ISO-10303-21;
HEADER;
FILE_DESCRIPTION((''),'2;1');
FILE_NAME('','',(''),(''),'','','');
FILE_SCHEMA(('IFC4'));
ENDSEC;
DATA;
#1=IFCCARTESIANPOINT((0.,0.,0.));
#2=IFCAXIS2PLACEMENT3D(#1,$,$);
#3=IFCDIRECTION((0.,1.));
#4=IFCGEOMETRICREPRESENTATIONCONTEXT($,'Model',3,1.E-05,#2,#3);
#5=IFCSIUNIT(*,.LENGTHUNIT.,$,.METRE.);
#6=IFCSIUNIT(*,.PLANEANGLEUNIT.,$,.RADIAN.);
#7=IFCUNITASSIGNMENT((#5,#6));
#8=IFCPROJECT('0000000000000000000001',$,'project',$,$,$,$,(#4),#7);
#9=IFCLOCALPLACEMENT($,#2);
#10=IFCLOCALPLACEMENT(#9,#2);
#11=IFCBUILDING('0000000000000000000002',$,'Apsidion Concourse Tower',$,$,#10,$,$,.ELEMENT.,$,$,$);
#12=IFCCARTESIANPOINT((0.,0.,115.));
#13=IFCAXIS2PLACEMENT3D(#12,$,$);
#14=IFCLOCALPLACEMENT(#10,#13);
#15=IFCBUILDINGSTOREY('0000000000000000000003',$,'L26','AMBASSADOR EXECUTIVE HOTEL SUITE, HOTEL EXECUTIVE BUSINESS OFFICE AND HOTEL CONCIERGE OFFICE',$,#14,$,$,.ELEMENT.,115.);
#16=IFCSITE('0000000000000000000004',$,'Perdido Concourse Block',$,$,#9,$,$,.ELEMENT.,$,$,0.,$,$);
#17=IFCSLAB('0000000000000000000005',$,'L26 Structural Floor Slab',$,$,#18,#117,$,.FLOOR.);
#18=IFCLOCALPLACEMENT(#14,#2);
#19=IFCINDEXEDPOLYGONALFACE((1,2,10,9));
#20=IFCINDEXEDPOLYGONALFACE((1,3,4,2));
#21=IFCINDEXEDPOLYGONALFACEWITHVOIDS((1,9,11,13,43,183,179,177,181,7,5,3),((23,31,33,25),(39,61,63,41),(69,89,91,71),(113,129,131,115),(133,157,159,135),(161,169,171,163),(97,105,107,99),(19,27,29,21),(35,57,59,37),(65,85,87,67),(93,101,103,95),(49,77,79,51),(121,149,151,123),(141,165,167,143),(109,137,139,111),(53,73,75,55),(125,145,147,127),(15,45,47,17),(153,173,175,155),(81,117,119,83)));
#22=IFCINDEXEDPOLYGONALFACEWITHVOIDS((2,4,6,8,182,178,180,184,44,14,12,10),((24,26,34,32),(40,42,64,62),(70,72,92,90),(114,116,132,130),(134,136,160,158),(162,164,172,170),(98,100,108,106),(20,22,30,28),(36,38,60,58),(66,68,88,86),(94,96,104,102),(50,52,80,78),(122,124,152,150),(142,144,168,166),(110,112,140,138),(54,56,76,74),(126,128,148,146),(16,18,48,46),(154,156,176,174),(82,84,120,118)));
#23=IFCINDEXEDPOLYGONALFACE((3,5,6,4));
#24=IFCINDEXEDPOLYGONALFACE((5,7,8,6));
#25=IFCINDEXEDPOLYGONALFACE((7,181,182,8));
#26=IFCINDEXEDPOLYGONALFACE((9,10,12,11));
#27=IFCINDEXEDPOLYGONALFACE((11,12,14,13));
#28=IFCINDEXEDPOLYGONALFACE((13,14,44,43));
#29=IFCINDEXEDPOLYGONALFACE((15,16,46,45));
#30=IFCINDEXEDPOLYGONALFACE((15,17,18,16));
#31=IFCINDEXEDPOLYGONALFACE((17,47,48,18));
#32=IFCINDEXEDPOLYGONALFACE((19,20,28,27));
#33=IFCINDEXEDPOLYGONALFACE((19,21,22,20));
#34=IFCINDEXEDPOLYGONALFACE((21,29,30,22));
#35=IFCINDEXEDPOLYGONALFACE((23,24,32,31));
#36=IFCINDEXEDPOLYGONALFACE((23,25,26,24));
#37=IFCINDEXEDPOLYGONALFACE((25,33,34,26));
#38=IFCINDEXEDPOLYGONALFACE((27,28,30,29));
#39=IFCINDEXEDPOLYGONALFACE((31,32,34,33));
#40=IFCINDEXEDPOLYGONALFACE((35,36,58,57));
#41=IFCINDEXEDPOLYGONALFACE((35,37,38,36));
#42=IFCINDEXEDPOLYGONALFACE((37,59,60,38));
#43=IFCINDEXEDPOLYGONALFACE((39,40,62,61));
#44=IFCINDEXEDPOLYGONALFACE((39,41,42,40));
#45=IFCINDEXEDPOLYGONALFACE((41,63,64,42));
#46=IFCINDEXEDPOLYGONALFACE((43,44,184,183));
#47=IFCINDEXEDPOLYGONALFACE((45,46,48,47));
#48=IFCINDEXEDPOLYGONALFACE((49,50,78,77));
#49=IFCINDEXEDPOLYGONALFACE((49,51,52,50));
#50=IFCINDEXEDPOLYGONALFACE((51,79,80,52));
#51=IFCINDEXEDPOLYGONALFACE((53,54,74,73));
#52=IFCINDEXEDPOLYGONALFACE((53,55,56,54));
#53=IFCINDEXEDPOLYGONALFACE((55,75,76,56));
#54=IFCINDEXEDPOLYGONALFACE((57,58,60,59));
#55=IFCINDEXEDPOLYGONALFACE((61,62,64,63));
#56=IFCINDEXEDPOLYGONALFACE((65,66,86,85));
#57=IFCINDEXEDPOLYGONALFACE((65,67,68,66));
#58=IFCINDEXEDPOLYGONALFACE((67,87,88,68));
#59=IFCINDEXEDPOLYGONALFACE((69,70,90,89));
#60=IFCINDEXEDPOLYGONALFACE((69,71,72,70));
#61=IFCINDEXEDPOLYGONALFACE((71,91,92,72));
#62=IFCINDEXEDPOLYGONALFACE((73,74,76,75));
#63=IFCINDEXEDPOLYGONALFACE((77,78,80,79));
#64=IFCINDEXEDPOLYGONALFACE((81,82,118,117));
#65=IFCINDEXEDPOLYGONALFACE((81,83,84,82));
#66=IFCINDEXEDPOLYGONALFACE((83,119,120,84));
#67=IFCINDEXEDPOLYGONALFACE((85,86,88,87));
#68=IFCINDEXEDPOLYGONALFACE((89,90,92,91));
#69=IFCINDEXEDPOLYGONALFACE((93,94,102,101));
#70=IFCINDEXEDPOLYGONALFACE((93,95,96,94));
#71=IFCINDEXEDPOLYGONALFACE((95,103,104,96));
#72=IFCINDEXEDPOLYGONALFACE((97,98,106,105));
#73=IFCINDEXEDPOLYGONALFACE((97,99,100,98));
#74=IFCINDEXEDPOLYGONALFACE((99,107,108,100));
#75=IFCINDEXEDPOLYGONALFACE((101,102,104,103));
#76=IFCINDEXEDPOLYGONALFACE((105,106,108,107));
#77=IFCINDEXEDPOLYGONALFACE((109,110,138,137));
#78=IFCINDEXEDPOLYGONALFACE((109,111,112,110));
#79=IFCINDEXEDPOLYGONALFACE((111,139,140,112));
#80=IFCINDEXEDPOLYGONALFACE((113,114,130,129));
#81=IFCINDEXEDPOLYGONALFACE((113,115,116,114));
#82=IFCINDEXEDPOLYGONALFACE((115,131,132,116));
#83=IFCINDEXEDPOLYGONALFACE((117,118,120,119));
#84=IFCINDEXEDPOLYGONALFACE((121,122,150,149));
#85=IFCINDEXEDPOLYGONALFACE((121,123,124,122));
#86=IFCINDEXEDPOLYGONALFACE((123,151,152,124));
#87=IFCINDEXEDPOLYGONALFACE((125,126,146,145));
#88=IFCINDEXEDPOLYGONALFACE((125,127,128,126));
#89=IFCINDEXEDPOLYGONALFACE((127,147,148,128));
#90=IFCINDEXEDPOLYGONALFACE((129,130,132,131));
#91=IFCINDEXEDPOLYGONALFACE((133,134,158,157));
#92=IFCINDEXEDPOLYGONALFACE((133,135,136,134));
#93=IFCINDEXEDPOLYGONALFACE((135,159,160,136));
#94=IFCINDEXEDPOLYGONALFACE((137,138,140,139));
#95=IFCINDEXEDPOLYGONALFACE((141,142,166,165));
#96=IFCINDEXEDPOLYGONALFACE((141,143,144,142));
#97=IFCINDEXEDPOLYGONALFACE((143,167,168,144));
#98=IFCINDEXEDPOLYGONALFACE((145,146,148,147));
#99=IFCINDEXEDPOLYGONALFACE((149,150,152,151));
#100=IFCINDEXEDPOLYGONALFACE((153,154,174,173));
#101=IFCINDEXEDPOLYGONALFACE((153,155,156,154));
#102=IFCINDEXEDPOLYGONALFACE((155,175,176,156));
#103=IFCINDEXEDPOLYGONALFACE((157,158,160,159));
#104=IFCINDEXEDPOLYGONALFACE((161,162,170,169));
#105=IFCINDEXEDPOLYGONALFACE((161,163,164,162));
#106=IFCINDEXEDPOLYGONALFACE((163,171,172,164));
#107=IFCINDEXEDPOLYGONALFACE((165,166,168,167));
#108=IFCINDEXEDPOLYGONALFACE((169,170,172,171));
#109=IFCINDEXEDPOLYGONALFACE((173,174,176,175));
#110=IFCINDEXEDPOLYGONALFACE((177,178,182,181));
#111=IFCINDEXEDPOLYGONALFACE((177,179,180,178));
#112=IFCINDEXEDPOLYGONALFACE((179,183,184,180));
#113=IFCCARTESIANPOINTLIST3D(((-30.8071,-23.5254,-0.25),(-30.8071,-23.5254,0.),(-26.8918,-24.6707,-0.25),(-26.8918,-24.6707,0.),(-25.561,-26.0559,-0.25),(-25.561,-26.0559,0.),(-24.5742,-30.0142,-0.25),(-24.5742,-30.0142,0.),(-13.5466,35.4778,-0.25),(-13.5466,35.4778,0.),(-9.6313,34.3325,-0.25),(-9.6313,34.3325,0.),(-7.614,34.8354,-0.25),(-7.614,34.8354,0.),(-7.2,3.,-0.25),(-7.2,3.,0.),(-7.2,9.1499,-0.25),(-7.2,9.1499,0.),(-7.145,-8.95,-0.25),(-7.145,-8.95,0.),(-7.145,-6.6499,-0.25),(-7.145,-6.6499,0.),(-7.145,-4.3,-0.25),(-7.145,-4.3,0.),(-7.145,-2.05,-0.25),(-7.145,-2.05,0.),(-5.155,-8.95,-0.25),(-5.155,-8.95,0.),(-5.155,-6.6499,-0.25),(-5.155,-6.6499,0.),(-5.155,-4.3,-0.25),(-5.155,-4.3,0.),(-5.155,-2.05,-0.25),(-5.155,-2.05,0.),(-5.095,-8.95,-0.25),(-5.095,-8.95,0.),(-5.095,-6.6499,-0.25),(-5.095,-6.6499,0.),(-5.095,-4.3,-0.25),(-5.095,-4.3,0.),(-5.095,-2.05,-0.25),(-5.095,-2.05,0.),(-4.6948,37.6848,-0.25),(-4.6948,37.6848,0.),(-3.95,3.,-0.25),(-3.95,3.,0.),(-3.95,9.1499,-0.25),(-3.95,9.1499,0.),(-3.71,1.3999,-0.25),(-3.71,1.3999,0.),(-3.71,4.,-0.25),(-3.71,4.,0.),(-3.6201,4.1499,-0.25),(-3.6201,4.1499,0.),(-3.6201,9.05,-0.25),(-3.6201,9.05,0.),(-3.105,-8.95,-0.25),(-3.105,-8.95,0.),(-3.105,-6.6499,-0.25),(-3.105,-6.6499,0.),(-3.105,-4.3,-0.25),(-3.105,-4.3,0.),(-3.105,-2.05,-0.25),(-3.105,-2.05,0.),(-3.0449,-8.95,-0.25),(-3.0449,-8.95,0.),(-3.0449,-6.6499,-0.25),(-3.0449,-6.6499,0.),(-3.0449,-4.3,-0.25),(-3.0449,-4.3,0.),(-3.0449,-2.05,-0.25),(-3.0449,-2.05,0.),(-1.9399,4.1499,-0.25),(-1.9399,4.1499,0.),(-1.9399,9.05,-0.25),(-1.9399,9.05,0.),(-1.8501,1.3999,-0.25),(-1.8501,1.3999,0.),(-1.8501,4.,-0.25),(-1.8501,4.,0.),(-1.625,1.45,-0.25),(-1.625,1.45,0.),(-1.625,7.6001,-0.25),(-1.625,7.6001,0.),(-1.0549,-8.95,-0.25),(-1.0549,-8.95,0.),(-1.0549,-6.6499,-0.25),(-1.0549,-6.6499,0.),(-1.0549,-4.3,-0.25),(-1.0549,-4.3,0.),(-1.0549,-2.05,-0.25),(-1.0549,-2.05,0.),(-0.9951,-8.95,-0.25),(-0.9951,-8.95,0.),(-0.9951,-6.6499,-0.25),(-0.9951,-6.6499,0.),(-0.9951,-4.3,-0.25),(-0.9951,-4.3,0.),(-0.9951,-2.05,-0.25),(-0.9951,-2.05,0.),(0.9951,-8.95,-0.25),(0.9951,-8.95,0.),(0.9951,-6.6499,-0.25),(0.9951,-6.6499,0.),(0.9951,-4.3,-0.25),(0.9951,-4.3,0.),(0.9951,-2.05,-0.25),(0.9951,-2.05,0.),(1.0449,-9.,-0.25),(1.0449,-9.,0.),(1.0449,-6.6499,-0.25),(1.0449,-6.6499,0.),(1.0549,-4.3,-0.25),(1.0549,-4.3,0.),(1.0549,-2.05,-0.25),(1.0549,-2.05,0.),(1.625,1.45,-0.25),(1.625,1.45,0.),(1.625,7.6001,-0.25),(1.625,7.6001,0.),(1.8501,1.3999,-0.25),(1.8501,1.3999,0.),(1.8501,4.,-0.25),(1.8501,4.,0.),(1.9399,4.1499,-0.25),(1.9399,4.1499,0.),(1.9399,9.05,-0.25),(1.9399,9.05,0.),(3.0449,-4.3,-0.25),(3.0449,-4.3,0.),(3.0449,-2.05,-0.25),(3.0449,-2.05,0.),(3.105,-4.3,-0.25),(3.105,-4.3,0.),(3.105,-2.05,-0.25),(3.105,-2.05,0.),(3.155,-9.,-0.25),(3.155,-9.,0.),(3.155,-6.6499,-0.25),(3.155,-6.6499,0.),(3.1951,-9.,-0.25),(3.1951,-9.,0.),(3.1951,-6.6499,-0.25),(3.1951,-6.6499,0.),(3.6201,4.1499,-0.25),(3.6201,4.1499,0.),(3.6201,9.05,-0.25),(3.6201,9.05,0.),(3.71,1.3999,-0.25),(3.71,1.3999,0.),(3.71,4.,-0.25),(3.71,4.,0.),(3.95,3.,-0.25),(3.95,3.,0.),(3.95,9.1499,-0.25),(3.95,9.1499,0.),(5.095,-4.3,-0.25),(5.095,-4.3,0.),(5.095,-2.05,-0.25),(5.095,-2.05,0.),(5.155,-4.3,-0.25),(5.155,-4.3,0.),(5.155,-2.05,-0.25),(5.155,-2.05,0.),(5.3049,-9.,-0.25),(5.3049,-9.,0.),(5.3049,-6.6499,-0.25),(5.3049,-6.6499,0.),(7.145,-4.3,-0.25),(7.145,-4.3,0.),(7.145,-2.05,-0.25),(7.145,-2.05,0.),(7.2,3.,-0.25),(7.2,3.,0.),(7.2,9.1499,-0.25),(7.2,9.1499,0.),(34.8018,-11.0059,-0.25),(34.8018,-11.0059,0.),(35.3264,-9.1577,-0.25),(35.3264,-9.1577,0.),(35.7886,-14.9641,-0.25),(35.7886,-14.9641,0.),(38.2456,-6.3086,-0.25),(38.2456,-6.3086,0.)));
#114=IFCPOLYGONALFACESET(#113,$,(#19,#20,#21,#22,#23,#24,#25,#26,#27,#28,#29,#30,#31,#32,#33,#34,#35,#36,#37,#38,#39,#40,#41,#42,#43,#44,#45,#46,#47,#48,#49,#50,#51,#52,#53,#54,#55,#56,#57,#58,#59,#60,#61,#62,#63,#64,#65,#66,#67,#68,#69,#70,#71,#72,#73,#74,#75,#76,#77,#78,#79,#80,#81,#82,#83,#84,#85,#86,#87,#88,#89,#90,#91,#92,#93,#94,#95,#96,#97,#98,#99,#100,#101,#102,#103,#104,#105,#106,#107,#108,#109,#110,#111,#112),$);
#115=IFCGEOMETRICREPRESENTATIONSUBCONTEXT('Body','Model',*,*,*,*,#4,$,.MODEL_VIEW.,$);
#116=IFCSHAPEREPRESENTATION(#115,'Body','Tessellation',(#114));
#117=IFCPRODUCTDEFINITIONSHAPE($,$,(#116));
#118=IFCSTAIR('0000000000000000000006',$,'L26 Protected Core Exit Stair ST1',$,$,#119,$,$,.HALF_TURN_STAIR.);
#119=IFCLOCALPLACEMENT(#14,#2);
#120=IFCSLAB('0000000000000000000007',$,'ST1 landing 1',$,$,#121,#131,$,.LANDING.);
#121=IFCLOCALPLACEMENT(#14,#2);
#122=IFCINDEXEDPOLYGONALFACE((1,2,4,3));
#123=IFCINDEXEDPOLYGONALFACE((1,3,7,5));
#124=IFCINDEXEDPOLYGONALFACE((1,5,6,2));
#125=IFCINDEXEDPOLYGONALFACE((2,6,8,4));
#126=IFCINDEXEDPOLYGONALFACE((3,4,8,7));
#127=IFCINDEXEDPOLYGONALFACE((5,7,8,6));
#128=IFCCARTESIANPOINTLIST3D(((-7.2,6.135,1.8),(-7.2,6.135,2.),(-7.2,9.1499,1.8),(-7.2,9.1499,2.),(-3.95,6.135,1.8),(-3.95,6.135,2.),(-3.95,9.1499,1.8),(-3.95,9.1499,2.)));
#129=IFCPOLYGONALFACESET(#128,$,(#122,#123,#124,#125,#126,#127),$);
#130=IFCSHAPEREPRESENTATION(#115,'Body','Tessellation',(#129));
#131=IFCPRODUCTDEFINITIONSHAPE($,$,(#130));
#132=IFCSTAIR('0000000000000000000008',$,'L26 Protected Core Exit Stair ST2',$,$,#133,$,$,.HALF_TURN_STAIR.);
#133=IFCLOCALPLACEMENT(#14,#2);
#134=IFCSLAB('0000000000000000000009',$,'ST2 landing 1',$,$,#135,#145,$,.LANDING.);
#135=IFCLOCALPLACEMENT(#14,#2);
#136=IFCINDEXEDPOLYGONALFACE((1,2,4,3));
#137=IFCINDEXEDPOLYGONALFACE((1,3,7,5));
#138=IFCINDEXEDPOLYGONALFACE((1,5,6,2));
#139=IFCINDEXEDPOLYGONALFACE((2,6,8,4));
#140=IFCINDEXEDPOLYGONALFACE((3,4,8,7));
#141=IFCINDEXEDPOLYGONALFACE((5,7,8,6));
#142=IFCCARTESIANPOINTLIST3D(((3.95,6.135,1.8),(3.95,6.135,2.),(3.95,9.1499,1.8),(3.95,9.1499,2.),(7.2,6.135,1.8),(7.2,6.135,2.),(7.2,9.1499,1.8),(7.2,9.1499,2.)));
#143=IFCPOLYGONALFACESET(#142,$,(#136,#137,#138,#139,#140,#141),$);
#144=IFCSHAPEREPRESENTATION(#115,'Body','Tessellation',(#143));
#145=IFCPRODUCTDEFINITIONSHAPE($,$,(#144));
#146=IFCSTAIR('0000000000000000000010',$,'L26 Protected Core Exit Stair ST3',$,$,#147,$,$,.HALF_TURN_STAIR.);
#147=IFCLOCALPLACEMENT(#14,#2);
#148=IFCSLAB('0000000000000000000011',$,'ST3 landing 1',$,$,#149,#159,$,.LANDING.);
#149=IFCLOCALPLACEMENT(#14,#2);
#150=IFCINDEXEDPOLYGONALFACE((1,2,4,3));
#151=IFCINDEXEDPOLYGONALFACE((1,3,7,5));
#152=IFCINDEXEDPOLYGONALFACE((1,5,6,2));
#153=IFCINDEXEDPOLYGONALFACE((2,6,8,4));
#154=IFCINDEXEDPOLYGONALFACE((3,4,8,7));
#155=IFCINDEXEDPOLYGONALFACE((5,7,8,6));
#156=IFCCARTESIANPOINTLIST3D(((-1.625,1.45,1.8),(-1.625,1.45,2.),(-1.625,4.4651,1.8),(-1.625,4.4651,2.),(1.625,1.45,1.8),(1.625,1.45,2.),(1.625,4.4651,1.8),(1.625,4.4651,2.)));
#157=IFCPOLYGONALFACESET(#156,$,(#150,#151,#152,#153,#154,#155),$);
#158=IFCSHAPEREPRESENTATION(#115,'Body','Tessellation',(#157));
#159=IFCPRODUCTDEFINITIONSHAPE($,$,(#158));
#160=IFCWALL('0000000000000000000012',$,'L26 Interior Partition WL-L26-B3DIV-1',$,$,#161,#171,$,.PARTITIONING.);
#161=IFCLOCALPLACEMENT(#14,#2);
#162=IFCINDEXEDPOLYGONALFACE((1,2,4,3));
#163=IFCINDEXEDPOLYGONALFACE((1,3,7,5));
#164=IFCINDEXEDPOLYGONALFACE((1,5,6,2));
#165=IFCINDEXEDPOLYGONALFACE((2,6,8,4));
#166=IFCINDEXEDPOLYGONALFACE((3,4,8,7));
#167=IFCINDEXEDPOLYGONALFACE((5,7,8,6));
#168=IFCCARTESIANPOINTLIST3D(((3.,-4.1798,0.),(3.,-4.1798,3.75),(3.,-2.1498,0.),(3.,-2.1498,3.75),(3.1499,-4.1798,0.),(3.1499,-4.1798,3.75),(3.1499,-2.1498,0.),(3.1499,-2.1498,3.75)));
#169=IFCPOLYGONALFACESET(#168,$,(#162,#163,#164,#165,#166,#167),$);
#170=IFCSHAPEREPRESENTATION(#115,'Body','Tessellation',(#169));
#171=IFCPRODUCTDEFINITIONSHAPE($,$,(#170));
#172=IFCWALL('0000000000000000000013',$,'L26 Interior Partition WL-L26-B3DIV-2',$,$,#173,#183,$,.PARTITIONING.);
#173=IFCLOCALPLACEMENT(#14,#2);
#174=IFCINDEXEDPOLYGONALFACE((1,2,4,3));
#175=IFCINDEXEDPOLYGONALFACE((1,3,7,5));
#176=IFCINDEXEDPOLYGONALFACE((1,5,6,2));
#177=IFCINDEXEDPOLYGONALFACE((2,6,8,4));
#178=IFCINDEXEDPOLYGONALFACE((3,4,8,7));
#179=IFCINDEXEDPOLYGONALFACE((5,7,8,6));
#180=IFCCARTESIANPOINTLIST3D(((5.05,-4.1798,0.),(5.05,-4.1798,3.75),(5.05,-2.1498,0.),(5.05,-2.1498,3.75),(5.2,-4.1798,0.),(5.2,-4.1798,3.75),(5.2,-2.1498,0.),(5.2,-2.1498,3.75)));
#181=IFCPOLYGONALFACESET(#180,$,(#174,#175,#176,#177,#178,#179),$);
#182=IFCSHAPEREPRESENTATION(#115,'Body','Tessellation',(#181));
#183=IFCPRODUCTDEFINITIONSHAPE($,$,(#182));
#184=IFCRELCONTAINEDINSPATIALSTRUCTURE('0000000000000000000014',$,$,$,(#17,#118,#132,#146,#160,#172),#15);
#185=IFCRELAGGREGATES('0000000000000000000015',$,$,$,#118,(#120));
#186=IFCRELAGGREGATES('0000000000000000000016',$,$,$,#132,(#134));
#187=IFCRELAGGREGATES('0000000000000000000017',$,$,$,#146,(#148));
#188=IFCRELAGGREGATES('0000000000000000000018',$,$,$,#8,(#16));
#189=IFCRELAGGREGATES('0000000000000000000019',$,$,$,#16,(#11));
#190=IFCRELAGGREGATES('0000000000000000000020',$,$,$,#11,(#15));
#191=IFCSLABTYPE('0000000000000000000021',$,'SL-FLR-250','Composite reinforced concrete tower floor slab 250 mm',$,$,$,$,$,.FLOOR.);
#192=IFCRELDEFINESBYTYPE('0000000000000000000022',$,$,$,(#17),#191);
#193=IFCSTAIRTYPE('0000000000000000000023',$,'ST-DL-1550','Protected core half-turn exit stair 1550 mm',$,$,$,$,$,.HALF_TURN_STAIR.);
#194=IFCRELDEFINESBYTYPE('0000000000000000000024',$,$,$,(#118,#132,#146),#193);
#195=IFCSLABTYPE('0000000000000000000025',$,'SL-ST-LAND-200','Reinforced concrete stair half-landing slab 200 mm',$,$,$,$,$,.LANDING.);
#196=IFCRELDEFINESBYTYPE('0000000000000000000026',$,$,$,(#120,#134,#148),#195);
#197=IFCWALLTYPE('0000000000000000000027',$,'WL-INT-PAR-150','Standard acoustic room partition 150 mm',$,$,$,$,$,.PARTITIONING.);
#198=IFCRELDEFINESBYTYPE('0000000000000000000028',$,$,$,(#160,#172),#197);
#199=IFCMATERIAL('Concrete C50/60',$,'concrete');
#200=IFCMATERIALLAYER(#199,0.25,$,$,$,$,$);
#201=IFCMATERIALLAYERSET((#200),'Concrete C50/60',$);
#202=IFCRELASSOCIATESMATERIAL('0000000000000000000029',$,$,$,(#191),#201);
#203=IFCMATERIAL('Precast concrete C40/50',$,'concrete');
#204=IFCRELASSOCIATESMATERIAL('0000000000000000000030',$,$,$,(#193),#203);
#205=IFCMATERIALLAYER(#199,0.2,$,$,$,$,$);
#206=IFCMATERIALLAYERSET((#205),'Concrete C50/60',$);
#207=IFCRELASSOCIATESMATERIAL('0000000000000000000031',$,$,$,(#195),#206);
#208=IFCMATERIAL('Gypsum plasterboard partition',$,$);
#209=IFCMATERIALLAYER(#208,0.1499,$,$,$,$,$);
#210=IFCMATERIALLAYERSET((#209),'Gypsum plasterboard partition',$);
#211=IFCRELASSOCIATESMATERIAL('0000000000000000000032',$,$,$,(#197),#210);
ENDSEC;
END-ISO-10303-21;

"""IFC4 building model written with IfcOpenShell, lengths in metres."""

from ifc_helpers import new_model, si_unit, direction, frame, frame_2d, origin, place, context, subcontext, project, spatial, polyline, rectangle, outline, extrude, material, layer, layer_set, type_object, element, aggregate, save


model = new_model("IFC4")

# Units and contexts
model_context = context("Model", 3, precision=1e-05, world=origin(), true_north=direction((0.0, 1.0)))
body_context = subcontext(model_context, "Body", "Model", "MODEL_VIEW")
ifc_project = project(units=[si_unit("LENGTHUNIT", "METRE"), si_unit("PLANEANGLEUNIT", "RADIAN")], contexts=[model_context])

# Site, building, storey
site_placement = place(None, origin())
site = spatial("IfcSite", under=ifc_project, at=site_placement, Name="Perdido Concourse Block", CompositionType="ELEMENT", RefElevation=0.0)
building_placement = place(site_placement, origin())
building = spatial("IfcBuilding", under=site, at=building_placement, Name="Apsidion Concourse Tower", CompositionType="ELEMENT")
storey_placement = place(building_placement, frame((0.0, 0.0, 115.0)))
storey = spatial("IfcBuildingStorey", under=building, at=storey_placement, Name="L26", Description="AMBASSADOR EXECUTIVE HOTEL SUITE, HOTEL EXECUTIVE BUSINESS OFFICE AND HOTEL CONCIERGE OFFICE", CompositionType="ELEMENT", Elevation=115.0)

# Shared definitions
ifc_material_1 = material(Name="Concrete C50/60", Category="concrete")

# Slab
ifc_layer_1 = layer(ifc_material_1, 0.25)
ifc_layer_set_1 = layer_set([ifc_layer_1], Name="Concrete C50/60")
slab_type_1 = type_object("IfcSlabType", Name="SL-FLR-250", Description="Composite reinforced concrete tower floor slab 250 mm", PredefinedType="FLOOR", material=ifc_layer_set_1)
slab_1_placement = place(storey_placement, frame((0.0, 0.0, -0.25)))
element("IfcSlab", 1, at=slab_1_placement, inside=storey, type_object=slab_type_1, Name="L26 Structural Floor Slab", PredefinedType="FLOOR", context=body_context, shape_type="SweptSolid", body=[
    extrude(outline(polyline([(-4.6948, 37.6848), (-7.614, 34.8354), (-9.6313, 34.3325), (-13.5466, 35.4778), (-30.8071, -23.5254), (-26.8918, -24.6707), (-25.561, -26.0559), (-24.5742, -30.0142), (35.7886, -14.9641), (34.8018, -11.0059), (35.3264, -9.1577), (38.2456, -6.3086), (-4.6948, 37.6848)]), holes=[polyline([(-3.95, 3.0), (-3.95, 9.1499), (-7.2, 9.1499), (-7.2, 3.0), (-3.95, 3.0)]), polyline([(7.2, 3.0), (7.2, 9.1499), (3.95, 9.1499), (3.95, 3.0), (7.2, 3.0)]), polyline([(-1.625, 7.6001), (-1.625, 1.45), (1.625, 1.45), (1.625, 7.6001), (-1.625, 7.6001)]), polyline([(-7.145, -4.3), (-5.155, -4.3), (-5.155, -2.05), (-7.145, -2.05), (-7.145, -4.3)]), polyline([(-5.095, -4.3), (-3.105, -4.3), (-3.105, -2.05), (-5.095, -2.05), (-5.095, -4.3)]), polyline([(-3.0449, -4.3), (-1.0549, -4.3), (-1.0549, -2.05), (-3.0449, -2.05), (-3.0449, -4.3)]), polyline([(-0.9951, -4.3), (0.9951, -4.3), (0.9951, -2.05), (-0.9951, -2.05), (-0.9951, -4.3)]), polyline([(1.0549, -4.3), (3.0449, -4.3), (3.0449, -2.05), (1.0549, -2.05), (1.0549, -4.3)]), polyline([(3.105, -4.3), (5.095, -4.3), (5.095, -2.05), (3.105, -2.05), (3.105, -4.3)]), polyline([(5.155, -4.3), (7.145, -4.3), (7.145, -2.05), (5.155, -2.05), (5.155, -4.3)]), polyline([(-7.145, -8.95), (-5.155, -8.95), (-5.155, -6.6499), (-7.145, -6.6499), (-7.145, -8.95)]), polyline([(-5.095, -8.95), (-3.105, -8.95), (-3.105, -6.6499), (-5.095, -6.6499), (-5.095, -8.95)]), polyline([(-3.0449, -8.95), (-1.0549, -8.95), (-1.0549, -6.6499), (-3.0449, -6.6499), (-3.0449, -8.95)]), polyline([(-0.9951, -8.95), (0.9951, -8.95), (0.9951, -6.6499), (-0.9951, -6.6499), (-0.9951, -8.95)]), polyline([(1.0449, -9.0), (3.155, -9.0), (3.155, -6.6499), (1.0449, -6.6499), (1.0449, -9.0)]), polyline([(3.1951, -9.0), (5.3049, -9.0), (5.3049, -6.6499), (3.1951, -6.6499), (3.1951, -9.0)]), polyline([(-3.71, 1.3999), (-1.8501, 1.3999), (-1.8501, 4.0), (-3.71, 4.0), (-3.71, 1.3999)]), polyline([(1.8501, 1.3999), (3.71, 1.3999), (3.71, 4.0), (1.8501, 4.0), (1.8501, 1.3999)]), polyline([(-3.6201, 4.1499), (-1.9399, 4.1499), (-1.9399, 9.05), (-3.6201, 9.05), (-3.6201, 4.1499)]), polyline([(1.9399, 4.1499), (3.6201, 4.1499), (3.6201, 9.05), (1.9399, 9.05), (1.9399, 4.1499)])]), origin(), (0.0, 0.0, 1.0), 0.25),
])

# Stairs, slabs
ifc_material_2 = material(Name="Precast concrete C40/50", Category="concrete")
stair_type = type_object("IfcStairType", Name="ST-DL-1550", Description="Protected core half-turn exit stair 1550 mm", PredefinedType="HALF_TURN_STAIR", material=ifc_material_2)
stair_1_placement = place(storey_placement, origin())
stair_1 = element("IfcStair", 2, at=stair_1_placement, inside=storey, type_object=stair_type, Name="L26 Protected Core Exit Stair ST1", PredefinedType="HALF_TURN_STAIR")
ifc_layer_2 = layer(ifc_material_1, 0.2)
ifc_layer_set_2 = layer_set([ifc_layer_2], Name="Concrete C50/60")
slab_type_2 = type_object("IfcSlabType", Name="SL-ST-LAND-200", Description="Reinforced concrete stair half-landing slab 200 mm", PredefinedType="LANDING", material=ifc_layer_set_2)
slab_2_placement = place(storey_placement, frame((0.0, 0.0, 1.8)))
slab_2 = element("IfcSlab", 3, at=slab_2_placement, type_object=slab_type_2, Name="ST1 landing 1", PredefinedType="LANDING", context=body_context, shape_type="SweptSolid", body=[
    extrude(outline(polyline([(-3.95, 6.135), (-3.95, 9.1499), (-7.2, 9.1499), (-7.2, 6.135), (-3.95, 6.135)])), origin(), (0.0, 0.0, 1.0), 0.2),
])
aggregate(stair_1, [slab_2])
stair_2_placement = place(storey_placement, origin())
stair_2 = element("IfcStair", 4, at=stair_2_placement, inside=storey, type_object=stair_type, Name="L26 Protected Core Exit Stair ST2", PredefinedType="HALF_TURN_STAIR")
slab_3_placement = place(storey_placement, frame((0.0, 0.0, 1.8)))
slab_3 = element("IfcSlab", 5, at=slab_3_placement, type_object=slab_type_2, Name="ST2 landing 1", PredefinedType="LANDING", context=body_context, shape_type="SweptSolid", body=[
    extrude(outline(polyline([(7.2, 6.135), (7.2, 9.1499), (3.95, 9.1499), (3.95, 6.135), (7.2, 6.135)])), origin(), (0.0, 0.0, 1.0), 0.2),
])
aggregate(stair_2, [slab_3])
stair_3_placement = place(storey_placement, origin())
stair_3 = element("IfcStair", 6, at=stair_3_placement, inside=storey, type_object=stair_type, Name="L26 Protected Core Exit Stair ST3", PredefinedType="HALF_TURN_STAIR")
slab_4_placement = place(storey_placement, frame((0.0, 0.0, 1.8)))
slab_4 = element("IfcSlab", 7, at=slab_4_placement, type_object=slab_type_2, Name="ST3 landing 1", PredefinedType="LANDING", context=body_context, shape_type="SweptSolid", body=[
    extrude(outline(polyline([(-1.625, 4.4651), (-1.625, 1.45), (1.625, 1.45), (1.625, 4.4651), (-1.625, 4.4651)])), origin(), (0.0, 0.0, 1.0), 0.2),
])
aggregate(stair_3, [slab_4])

# Walls
ifc_material_3 = material(Name="Gypsum plasterboard partition")
ifc_layer_3 = layer(ifc_material_3, 0.1499)
ifc_layer_set_3 = layer_set([ifc_layer_3], Name="Gypsum plasterboard partition")
wall_type_1 = type_object("IfcWallType", Name="WL-INT-PAR-150", Description="Standard acoustic room partition 150 mm", PredefinedType="PARTITIONING", material=ifc_layer_set_3)
for number, where, z_axis, x_axis, name in (
    (8, (3.075, -4.1799, 0.0), (0.0, 0.0, 1.0), (0.0, 1.0, 0.0), "L26 Interior Partition WL-L26-B3DIV-1"),
    (9, (5.125, -4.1799, 0.0), (0.0, 0.0, 1.0), (0.0, 1.0, 0.0), "L26 Interior Partition WL-L26-B3DIV-2"),
):
    element("IfcWall", number, at=place(storey_placement, frame(where, z_axis=z_axis, x_axis=x_axis)), inside=storey, type_object=wall_type_1, Name=name, PredefinedType="PARTITIONING", context=body_context, shape_type="SweptSolid", body=[
        extrude(rectangle(XDim=2.03, YDim=0.1499, at=frame_2d((1.0151, 0.0))), origin(), (0.0, 0.0, 1.0), 3.75),
    ])

save(model, "model.ifc")
